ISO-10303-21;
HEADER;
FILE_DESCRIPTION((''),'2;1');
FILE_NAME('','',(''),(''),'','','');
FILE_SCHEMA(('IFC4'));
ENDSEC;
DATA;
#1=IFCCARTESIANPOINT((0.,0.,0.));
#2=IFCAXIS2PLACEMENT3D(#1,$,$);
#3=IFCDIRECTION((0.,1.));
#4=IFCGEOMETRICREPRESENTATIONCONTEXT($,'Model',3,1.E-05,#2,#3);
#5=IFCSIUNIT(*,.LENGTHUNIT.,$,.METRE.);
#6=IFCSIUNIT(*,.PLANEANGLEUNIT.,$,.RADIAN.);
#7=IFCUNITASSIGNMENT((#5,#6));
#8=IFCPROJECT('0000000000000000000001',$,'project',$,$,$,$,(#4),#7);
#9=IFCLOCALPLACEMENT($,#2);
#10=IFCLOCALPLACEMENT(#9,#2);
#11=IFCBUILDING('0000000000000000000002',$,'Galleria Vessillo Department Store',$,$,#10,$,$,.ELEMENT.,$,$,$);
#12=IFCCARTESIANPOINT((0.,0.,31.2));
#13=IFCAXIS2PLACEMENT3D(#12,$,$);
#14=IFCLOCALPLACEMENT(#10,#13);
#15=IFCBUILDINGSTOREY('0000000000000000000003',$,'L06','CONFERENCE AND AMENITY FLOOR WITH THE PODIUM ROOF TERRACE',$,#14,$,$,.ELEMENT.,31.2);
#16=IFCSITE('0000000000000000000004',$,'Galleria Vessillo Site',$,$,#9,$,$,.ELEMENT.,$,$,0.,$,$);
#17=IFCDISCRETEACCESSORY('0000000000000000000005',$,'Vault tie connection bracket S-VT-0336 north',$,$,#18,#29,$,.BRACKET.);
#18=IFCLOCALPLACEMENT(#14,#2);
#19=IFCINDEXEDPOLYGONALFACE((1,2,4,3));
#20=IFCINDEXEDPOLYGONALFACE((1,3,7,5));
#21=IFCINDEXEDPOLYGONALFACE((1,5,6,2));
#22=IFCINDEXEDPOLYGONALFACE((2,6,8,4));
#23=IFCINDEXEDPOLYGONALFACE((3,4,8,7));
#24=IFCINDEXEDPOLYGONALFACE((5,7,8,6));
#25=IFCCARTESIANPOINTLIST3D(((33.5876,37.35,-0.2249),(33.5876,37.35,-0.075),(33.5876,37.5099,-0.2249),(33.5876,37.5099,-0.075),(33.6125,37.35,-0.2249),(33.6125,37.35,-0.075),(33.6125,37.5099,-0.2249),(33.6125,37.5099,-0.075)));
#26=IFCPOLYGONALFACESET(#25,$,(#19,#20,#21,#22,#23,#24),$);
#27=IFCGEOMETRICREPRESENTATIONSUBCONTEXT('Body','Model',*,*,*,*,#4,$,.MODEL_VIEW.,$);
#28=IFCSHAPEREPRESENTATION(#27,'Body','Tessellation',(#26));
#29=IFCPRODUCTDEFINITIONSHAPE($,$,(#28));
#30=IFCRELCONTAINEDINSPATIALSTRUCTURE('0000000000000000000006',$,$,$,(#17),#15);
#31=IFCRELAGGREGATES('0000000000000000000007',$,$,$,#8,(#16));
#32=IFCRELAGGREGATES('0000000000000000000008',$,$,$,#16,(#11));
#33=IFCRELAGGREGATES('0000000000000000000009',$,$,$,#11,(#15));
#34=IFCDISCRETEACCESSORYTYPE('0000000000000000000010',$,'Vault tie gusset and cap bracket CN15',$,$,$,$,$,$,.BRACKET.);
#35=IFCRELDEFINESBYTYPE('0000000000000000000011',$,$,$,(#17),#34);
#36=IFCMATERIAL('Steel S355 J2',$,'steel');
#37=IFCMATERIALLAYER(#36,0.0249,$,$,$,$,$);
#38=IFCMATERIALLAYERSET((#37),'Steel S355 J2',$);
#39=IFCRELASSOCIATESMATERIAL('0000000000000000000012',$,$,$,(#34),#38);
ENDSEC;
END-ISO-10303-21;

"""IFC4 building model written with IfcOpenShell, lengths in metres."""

from ifc_helpers import new_model, si_unit, direction, frame, origin, origin_2d, place, context, subcontext, project, spatial, rectangle, extrude, material, layer, layer_set, type_object, element, save


model = new_model("IFC4")

# Units and contexts
model_context = context("Model", 3, precision=1e-05, world=origin(), true_north=direction((0.0, 1.0)))
body_context = subcontext(model_context, "Body", "Model", "MODEL_VIEW")
ifc_project = project(units=[si_unit("LENGTHUNIT", "METRE"), si_unit("PLANEANGLEUNIT", "RADIAN")], contexts=[model_context])

# Site, building, storey
site_placement = place(None, origin())
site = spatial("IfcSite", under=ifc_project, at=site_placement, Name="Galleria Vessillo Site", CompositionType="ELEMENT", RefElevation=0.0)
building_placement = place(site_placement, origin())
building = spatial("IfcBuilding", under=site, at=building_placement, Name="Galleria Vessillo Department Store", CompositionType="ELEMENT")
storey_placement = place(building_placement, frame((0.0, 0.0, 31.2)))
storey = spatial("IfcBuildingStorey", under=building, at=storey_placement, Name="L06", Description="CONFERENCE AND AMENITY FLOOR WITH THE PODIUM ROOF TERRACE", CompositionType="ELEMENT", Elevation=31.2)

# Discrete accessory
ifc_material_1 = material(Name="Steel S355 J2", Category="steel")
ifc_layer_1 = layer(ifc_material_1, 0.0249)
ifc_layer_set_1 = layer_set([ifc_layer_1], Name="Steel S355 J2")
discrete_accessory_type = type_object("IfcDiscreteAccessoryType", Name="Vault tie gusset and cap bracket CN15", PredefinedType="BRACKET", material=ifc_layer_set_1)
discrete_accessory_placement = place(storey_placement, frame((33.6001, 37.4299, -0.2249), z_axis=(0.0, 0.0, 1.0), x_axis=(1.0, 0.0, 0.0)))
element("IfcDiscreteAccessory", 1, at=discrete_accessory_placement, inside=storey, type_object=discrete_accessory_type, Name="Vault tie connection bracket S-VT-0336 north", PredefinedType="BRACKET", context=body_context, shape_type="SweptSolid", body=[
    extrude(rectangle(XDim=0.0249, YDim=0.1599, at=origin_2d()), origin(), (0.0, 0.0, 1.0), 0.1499),
])

save(model, "model.ifc")
